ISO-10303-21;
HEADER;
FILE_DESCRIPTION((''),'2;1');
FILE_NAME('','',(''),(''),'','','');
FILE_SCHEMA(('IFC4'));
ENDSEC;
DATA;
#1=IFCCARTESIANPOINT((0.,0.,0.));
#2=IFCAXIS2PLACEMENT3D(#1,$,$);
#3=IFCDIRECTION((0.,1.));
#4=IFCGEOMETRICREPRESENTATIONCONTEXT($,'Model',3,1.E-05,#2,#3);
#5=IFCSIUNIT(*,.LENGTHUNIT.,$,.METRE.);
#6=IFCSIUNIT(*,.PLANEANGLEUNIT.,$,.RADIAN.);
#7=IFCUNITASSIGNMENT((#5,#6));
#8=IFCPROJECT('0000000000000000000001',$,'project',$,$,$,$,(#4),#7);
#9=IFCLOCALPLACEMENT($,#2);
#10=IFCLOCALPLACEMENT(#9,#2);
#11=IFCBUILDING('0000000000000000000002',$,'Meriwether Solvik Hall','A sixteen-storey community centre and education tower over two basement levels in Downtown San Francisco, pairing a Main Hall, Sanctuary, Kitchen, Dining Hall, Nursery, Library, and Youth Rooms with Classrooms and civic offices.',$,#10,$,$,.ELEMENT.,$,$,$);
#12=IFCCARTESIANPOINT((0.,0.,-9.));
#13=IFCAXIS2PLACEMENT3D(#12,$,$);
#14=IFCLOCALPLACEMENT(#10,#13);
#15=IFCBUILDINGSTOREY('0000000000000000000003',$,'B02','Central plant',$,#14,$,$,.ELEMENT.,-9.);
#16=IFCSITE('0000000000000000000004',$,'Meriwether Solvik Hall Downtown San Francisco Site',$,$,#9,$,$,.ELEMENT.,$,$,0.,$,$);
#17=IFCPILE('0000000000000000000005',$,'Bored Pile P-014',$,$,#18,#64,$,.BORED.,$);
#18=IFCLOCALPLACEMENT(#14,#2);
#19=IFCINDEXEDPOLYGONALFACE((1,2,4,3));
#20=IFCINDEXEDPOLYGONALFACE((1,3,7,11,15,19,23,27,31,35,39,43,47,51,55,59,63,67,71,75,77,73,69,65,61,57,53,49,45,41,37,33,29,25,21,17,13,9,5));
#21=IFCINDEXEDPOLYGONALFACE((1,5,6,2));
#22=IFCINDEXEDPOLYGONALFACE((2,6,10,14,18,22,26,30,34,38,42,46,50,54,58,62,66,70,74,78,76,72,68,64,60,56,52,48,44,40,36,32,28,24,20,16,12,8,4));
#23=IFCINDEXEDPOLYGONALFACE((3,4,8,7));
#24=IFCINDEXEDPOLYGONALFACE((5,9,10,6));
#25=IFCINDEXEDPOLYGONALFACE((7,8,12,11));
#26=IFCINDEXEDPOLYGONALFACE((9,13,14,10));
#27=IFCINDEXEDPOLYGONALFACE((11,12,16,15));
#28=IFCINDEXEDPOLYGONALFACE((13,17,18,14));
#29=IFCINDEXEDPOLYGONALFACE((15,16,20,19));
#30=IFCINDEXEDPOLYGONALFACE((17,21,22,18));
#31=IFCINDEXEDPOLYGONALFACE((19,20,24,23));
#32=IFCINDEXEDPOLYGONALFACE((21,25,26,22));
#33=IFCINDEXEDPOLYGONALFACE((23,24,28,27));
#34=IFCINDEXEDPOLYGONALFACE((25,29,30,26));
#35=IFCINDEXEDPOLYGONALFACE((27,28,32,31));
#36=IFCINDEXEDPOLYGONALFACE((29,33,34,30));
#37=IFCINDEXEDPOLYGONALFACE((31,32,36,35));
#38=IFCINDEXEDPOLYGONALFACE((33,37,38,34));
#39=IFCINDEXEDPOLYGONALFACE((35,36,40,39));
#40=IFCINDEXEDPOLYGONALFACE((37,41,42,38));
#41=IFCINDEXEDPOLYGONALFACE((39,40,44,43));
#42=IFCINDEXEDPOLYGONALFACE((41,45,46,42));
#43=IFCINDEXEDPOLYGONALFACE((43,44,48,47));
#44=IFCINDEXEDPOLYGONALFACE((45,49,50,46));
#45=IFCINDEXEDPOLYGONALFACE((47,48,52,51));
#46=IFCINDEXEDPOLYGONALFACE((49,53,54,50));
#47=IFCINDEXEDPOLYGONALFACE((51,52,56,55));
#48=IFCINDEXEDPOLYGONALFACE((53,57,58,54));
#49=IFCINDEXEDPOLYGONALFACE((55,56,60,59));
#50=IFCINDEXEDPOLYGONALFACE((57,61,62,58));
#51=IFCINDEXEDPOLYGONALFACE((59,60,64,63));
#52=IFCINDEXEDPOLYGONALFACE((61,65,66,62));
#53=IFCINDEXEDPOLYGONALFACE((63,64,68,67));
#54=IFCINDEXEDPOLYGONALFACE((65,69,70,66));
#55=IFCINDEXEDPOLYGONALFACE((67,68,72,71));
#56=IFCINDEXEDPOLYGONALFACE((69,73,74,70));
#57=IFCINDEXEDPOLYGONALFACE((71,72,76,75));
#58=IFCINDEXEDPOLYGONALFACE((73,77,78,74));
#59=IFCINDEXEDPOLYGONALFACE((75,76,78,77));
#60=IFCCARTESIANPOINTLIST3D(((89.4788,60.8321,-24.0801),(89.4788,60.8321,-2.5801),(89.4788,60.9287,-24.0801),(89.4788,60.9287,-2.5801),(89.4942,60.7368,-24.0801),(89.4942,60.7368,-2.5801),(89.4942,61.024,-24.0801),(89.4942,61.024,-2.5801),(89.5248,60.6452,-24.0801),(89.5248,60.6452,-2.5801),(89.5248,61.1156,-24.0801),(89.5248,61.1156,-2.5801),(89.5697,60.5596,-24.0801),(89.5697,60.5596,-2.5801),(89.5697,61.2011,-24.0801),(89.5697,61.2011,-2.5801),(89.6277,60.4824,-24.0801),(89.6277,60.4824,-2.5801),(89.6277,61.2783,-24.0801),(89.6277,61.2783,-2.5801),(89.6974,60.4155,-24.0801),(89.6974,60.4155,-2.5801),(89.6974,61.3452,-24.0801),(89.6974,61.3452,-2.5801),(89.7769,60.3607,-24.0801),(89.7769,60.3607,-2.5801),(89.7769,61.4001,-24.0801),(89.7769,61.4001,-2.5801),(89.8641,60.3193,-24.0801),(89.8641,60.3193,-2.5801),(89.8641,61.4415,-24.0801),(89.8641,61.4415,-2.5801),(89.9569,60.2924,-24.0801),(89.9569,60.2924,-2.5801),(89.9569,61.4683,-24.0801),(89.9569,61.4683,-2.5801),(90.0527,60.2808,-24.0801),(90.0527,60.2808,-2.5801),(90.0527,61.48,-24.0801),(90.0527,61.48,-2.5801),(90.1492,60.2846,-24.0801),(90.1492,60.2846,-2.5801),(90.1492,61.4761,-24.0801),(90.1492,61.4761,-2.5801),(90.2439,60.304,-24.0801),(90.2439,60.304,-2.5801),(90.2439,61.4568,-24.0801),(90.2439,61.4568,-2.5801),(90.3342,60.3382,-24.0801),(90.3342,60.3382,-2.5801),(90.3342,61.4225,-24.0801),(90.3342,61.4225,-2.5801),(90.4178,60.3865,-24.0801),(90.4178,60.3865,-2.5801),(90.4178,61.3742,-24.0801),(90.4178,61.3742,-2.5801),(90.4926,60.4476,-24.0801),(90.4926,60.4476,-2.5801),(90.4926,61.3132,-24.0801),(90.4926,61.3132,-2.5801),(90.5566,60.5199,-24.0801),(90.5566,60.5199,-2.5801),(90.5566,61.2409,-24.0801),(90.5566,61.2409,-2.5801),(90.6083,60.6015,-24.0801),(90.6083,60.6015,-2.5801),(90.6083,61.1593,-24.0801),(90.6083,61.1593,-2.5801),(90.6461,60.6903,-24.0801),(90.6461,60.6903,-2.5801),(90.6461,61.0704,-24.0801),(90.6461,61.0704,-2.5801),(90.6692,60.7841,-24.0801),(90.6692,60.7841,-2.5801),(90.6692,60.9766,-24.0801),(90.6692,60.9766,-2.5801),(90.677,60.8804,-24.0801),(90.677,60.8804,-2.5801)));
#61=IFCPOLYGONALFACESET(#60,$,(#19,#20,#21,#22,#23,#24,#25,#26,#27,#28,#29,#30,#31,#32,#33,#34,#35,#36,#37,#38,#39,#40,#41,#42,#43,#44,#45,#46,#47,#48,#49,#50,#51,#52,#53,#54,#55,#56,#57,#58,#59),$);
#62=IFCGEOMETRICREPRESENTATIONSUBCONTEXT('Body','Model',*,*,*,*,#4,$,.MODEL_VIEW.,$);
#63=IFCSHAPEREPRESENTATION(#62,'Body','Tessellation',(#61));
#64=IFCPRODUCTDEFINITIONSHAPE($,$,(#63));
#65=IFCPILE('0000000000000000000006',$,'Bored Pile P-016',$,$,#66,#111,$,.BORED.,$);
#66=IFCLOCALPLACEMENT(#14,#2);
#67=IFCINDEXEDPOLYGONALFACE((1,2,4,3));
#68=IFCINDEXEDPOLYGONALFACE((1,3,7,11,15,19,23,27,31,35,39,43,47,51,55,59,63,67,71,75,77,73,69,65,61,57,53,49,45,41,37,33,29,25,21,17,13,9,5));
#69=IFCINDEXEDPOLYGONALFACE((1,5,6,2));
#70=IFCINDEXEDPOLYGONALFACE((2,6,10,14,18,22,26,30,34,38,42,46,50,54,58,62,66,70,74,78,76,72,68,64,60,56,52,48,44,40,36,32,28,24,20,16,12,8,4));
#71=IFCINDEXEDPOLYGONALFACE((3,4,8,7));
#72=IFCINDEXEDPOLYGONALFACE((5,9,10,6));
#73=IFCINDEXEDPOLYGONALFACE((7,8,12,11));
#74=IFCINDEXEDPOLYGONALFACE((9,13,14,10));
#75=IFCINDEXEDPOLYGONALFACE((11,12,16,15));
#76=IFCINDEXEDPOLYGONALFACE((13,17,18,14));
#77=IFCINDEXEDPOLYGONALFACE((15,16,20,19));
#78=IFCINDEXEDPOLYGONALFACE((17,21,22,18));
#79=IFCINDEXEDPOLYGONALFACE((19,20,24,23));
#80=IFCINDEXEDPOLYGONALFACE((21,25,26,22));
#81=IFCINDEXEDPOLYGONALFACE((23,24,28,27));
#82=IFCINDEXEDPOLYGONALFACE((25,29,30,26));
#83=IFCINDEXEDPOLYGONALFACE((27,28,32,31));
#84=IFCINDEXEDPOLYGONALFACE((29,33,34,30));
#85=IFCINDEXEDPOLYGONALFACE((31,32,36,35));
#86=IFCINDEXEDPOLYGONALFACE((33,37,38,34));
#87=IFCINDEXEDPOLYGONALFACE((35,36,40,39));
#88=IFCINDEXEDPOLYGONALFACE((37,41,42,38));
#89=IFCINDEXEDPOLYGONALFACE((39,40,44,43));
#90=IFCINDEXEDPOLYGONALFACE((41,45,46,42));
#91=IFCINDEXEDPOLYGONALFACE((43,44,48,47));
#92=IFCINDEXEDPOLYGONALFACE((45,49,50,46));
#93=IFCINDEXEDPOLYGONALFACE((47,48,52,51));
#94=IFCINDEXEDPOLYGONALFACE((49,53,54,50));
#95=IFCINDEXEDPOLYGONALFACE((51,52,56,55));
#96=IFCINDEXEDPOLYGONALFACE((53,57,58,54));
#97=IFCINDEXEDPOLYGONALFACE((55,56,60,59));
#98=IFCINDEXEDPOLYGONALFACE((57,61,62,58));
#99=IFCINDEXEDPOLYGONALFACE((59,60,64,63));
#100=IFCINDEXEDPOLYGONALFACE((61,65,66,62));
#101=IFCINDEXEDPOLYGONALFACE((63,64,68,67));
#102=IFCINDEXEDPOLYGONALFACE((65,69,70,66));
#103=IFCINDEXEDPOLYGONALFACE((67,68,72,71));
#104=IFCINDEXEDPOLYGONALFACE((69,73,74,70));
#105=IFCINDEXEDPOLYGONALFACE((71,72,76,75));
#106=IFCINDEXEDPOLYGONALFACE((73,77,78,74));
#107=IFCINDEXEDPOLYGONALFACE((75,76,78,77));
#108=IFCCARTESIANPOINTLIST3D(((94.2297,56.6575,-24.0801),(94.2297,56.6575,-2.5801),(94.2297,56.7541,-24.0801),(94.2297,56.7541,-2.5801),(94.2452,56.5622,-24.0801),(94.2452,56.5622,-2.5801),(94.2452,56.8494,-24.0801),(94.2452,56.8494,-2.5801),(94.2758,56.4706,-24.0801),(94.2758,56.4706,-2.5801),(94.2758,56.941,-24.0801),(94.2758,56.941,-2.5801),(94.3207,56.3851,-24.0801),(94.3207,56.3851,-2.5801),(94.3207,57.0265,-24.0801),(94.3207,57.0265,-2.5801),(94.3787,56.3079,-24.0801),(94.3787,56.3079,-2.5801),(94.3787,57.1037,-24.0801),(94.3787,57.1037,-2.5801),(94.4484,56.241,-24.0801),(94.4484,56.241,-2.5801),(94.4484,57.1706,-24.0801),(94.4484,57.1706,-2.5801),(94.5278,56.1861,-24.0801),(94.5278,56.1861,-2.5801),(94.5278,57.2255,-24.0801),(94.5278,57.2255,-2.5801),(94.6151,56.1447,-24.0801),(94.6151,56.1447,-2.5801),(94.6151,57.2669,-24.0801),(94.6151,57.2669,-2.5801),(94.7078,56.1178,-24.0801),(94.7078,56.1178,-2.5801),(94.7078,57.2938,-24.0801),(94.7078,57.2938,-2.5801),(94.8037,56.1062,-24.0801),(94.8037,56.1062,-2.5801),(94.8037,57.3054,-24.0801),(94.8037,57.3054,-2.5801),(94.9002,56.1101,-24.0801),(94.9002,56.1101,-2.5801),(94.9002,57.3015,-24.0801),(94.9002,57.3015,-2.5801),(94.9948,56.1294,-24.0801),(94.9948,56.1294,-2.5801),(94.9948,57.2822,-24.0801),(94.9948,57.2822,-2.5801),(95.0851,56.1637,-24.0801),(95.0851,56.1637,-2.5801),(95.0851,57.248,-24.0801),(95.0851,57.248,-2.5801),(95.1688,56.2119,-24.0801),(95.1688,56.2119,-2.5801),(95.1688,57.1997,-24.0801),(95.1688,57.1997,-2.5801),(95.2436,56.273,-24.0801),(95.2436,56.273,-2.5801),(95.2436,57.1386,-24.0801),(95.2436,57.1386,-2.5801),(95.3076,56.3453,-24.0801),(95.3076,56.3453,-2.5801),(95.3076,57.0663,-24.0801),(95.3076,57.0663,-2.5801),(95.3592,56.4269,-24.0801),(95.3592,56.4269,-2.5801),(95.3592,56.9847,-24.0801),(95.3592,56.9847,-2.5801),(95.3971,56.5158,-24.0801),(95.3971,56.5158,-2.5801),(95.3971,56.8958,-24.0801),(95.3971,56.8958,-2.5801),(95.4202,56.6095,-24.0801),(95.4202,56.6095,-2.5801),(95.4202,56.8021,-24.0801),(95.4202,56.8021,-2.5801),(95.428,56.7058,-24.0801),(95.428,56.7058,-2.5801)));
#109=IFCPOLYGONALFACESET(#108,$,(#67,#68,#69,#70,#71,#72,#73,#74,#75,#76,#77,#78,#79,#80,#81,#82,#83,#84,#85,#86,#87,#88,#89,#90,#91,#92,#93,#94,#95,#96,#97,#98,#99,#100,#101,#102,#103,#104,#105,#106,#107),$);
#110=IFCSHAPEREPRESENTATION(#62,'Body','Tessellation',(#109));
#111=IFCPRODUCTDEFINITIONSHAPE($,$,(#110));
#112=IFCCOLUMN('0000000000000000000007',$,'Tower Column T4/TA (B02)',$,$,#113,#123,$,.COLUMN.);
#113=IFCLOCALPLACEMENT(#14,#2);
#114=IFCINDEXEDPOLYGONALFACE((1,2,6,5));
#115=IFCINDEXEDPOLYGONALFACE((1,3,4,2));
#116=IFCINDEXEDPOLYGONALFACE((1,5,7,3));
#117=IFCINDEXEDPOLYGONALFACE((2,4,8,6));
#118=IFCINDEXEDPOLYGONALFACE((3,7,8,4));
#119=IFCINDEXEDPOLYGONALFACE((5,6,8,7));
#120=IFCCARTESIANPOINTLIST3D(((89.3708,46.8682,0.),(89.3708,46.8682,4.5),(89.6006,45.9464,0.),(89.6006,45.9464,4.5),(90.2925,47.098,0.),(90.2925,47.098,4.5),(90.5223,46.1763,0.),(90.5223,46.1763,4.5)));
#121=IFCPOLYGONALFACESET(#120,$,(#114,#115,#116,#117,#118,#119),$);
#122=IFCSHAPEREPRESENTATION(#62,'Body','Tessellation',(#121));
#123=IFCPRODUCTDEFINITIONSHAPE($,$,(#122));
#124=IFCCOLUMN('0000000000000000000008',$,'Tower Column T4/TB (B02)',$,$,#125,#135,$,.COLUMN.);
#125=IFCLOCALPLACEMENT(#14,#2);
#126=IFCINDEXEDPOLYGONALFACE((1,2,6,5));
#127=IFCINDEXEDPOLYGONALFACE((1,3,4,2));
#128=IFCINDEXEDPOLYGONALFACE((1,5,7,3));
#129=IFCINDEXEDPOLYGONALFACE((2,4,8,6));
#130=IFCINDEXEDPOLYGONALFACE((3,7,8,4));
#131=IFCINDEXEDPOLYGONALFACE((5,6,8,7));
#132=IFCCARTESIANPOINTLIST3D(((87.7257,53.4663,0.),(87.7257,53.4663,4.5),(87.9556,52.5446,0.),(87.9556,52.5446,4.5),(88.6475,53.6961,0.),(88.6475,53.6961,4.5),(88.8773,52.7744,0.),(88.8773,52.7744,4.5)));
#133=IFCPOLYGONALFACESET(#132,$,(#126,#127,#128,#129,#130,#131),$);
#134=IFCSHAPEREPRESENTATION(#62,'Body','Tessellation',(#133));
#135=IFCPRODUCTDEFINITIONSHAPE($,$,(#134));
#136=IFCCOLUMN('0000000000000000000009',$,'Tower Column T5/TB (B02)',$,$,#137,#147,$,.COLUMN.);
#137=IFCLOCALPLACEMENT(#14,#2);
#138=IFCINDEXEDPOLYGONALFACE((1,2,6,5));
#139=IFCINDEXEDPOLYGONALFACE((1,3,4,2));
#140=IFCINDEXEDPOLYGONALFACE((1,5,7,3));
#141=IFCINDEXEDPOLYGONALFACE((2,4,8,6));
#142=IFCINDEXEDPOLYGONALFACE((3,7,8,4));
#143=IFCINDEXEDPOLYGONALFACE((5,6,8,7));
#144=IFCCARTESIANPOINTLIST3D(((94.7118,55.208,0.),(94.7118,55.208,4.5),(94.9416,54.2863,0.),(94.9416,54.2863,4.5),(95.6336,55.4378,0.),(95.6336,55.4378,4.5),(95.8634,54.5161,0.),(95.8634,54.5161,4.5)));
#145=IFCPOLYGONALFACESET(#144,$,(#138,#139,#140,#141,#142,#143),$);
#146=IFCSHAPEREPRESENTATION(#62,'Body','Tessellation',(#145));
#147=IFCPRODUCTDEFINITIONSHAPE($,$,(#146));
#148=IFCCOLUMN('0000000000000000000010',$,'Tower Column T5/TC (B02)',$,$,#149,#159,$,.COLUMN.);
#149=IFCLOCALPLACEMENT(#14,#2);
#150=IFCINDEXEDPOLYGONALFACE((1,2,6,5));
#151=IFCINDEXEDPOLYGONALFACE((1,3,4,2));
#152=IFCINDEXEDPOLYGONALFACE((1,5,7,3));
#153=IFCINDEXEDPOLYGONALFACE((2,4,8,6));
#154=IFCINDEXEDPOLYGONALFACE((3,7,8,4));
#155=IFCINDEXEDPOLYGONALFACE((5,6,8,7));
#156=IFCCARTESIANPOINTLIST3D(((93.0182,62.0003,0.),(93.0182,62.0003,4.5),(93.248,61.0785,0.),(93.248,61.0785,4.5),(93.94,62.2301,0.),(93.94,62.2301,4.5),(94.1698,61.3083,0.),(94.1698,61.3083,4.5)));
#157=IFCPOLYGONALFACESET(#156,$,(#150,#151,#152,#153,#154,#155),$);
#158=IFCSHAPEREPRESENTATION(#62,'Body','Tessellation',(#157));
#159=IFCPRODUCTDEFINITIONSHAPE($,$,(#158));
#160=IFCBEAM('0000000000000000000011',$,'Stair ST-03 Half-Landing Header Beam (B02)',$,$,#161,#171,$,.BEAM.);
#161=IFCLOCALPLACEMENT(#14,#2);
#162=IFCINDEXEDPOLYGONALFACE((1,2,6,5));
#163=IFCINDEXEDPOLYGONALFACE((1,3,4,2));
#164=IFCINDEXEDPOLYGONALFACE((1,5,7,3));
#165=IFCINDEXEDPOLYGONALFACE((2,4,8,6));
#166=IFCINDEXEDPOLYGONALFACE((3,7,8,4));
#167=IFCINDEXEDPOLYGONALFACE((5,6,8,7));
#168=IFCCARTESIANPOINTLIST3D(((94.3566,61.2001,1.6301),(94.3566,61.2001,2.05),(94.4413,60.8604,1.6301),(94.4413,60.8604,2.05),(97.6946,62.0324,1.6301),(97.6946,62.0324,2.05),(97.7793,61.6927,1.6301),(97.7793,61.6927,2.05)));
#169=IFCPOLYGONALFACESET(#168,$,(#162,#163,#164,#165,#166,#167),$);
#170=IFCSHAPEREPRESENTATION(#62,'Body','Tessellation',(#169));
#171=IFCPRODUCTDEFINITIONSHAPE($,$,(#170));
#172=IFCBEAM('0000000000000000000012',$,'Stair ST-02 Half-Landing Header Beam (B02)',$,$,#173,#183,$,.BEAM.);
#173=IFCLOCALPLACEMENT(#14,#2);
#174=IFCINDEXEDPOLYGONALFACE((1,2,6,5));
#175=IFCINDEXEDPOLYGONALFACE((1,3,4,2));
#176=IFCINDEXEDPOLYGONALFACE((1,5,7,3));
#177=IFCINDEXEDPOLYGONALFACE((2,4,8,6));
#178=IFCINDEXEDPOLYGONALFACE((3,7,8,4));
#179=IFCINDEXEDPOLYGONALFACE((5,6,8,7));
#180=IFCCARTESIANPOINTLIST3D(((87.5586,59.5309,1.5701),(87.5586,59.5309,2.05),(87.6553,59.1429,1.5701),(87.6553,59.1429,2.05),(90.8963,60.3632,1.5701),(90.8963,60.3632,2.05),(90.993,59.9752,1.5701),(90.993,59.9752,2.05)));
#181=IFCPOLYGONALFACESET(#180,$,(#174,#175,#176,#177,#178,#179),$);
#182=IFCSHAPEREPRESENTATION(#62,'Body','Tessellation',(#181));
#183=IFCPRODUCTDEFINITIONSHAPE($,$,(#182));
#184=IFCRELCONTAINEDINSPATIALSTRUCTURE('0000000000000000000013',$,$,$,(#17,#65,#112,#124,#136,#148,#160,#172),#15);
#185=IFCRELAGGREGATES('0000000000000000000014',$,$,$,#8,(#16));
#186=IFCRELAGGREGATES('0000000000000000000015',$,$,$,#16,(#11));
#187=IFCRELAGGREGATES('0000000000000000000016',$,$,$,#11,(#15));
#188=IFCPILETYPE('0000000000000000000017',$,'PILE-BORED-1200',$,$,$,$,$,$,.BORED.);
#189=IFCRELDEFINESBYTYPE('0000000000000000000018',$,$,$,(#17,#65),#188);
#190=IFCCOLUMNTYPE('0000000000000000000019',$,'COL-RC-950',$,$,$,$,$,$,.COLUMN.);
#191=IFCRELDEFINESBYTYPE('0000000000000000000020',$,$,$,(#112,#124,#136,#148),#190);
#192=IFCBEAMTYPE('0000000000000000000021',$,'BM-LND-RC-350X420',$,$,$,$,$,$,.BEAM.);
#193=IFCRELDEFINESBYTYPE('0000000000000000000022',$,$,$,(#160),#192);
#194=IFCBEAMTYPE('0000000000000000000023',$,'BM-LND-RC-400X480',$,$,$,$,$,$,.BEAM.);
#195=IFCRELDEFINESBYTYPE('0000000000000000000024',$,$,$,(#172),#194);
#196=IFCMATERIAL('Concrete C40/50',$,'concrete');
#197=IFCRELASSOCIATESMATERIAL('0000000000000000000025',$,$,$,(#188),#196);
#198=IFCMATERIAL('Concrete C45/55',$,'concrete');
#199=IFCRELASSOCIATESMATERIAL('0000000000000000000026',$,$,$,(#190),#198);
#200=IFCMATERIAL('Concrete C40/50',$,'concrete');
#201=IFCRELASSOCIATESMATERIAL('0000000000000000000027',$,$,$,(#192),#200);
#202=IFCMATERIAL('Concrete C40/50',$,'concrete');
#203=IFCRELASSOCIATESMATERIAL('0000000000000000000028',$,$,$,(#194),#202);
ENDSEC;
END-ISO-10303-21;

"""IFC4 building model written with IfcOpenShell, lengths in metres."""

from ifc_helpers import new_model, si_unit, direction, frame, origin, origin_2d, place, context, subcontext, project, spatial, rectangle, circle, extrude, material, material_profile, profile_set, type_object, element, save


model = new_model("IFC4")

# Units and contexts
model_context = context("Model", 3, precision=1e-05, world=origin(), true_north=direction((0.0, 1.0)))
body_context = subcontext(model_context, "Body", "Model", "MODEL_VIEW")
ifc_project = project(units=[si_unit("LENGTHUNIT", "METRE"), si_unit("PLANEANGLEUNIT", "RADIAN")], contexts=[model_context])

# Site, building, storey
site_placement = place(None, origin())
site = spatial("IfcSite", under=ifc_project, at=site_placement, Name="Meriwether Solvik Hall Downtown San Francisco Site", CompositionType="ELEMENT", RefElevation=0.0)
building_placement = place(site_placement, origin())
building = spatial("IfcBuilding", under=site, at=building_placement, Name="Meriwether Solvik Hall", Description="A sixteen-storey community centre and education tower over two basement levels in Downtown San Francisco, pairing a Main Hall, Sanctuary, Kitchen, Dining Hall, Nursery, Library, and Youth Rooms with Classrooms and civic offices.", CompositionType="ELEMENT")
storey_placement = place(building_placement, frame((0.0, 0.0, -9.0)))
storey = spatial("IfcBuildingStorey", under=building, at=storey_placement, Name="B02", Description="Central plant", CompositionType="ELEMENT", Elevation=-9.0)

# Piles
ifc_material_1 = material(Name="Concrete C40/50", Category="concrete")
ifc_material_profile_1 = material_profile(ifc_material_1, circle(Radius=0.6001, at=origin_2d()), Name="PILE-D1200")
ifc_profile_set_1 = profile_set([ifc_material_profile_1], Name="Concrete C40/50")
pile_type_1 = type_object("IfcPileType", Name="PILE-BORED-1200", PredefinedType="BORED", material=ifc_profile_set_1)
for number, where, z_axis, x_axis, name in (
    (1, (90.0769, 60.8804, -2.5801), (0.0, 0.0, -1.0), (1.0, 0.0, 0.0), "Bored Pile P-014"),
    (2, (94.8279, 56.7058, -2.5801), (0.0, 0.0, -1.0), (1.0, 0.0, 0.0), "Bored Pile P-016"),
):
    element("IfcPile", number, at=place(storey_placement, frame(where, z_axis=z_axis, x_axis=x_axis)), inside=storey, type_object=pile_type_1, Name=name, PredefinedType="BORED", context=body_context, shape_type="SweptSolid", body=[
        extrude(circle(Radius=0.6001, at=origin_2d()), origin(), (0.0, 0.0, 1.0), 21.5),
    ])

# Columns
ifc_material_2 = material(Name="Concrete C45/55", Category="concrete")
ifc_material_profile_2 = material_profile(ifc_material_2, rectangle(XDim=0.95, YDim=0.95, at=origin_2d()), Name="RCC-950X950")
ifc_profile_set_2 = profile_set([ifc_material_profile_2], Name="Concrete C45/55")
column_type = type_object("IfcColumnType", Name="COL-RC-950", PredefinedType="COLUMN", material=ifc_profile_set_2)
for number, where, z_axis, x_axis, name in (
    (3, (89.9465, 46.5222, 0.0), (0.0, 0.0, 1.0), (0.970296, 0.241922, 0.0), "Tower Column T4/TA (B02)"),
    (4, (88.3015, 53.1204, 0.0), (0.0, 0.0, 1.0), (0.970296, 0.241922, 0.0), "Tower Column T4/TB (B02)"),
    (5, (95.2876, 54.8621, 0.0), (0.0, 0.0, 1.0), (0.970296, 0.241922, 0.0), "Tower Column T5/TB (B02)"),
    (6, (93.594, 61.6543, 0.0), (0.0, 0.0, 1.0), (0.970296, 0.241922, 0.0), "Tower Column T5/TC (B02)"),
):
    element("IfcColumn", number, at=place(storey_placement, frame(where, z_axis=z_axis, x_axis=x_axis)), inside=storey, type_object=column_type, Name=name, PredefinedType="COLUMN", context=body_context, shape_type="SweptSolid", body=[
        extrude(rectangle(XDim=0.95, YDim=0.95, at=origin_2d()), origin(), (0.0, 0.0, 1.0), 4.5),
    ])

# Beams
ifc_material_3 = material(Name="Concrete C40/50", Category="concrete")
ifc_material_profile_3 = material_profile(ifc_material_3, rectangle(XDim=0.3501, YDim=0.4199, at=origin_2d()), Name="RCB-350X420")
ifc_profile_set_3 = profile_set([ifc_material_profile_3], Name="Concrete C40/50")
beam_type_1 = type_object("IfcBeamType", Name="BM-LND-RC-350X420", PredefinedType="BEAM", material=ifc_profile_set_3)
beam_1_placement = place(storey_placement, frame((94.3989, 61.0303, 1.8401), z_axis=(0.970293, 0.241934, 0.0), x_axis=(-0.241934, 0.970293, 0.0)))
element("IfcBeam", 7, at=beam_1_placement, inside=storey, type_object=beam_type_1, Name="Stair ST-03 Half-Landing Header Beam (B02)", PredefinedType="BEAM", context=body_context, shape_type="SweptSolid", body=[
    extrude(rectangle(XDim=0.3501, YDim=0.4199, at=origin_2d()), origin(), (0.0, 0.0, 1.0), 3.4402),
])
ifc_material_4 = material(Name="Concrete C40/50", Category="concrete")
ifc_material_profile_4 = material_profile(ifc_material_4, rectangle(XDim=0.3999, YDim=0.48, at=origin_2d()), Name="RCB-400X480")
ifc_profile_set_4 = profile_set([ifc_material_profile_4], Name="Concrete C40/50")
beam_type_2 = type_object("IfcBeamType", Name="BM-LND-RC-400X480", PredefinedType="BEAM", material=ifc_profile_set_4)
beam_2_placement = place(storey_placement, frame((87.6069, 59.3369, 1.8101), z_axis=(0.970288, 0.241951, 0.0), x_axis=(-0.241951, 0.970288, 0.0)))
element("IfcBeam", 8, at=beam_2_placement, inside=storey, type_object=beam_type_2, Name="Stair ST-02 Half-Landing Header Beam (B02)", PredefinedType="BEAM", context=body_context, shape_type="SweptSolid", body=[
    extrude(rectangle(XDim=0.3999, YDim=0.48, at=origin_2d()), origin(), (0.0, 0.0, 1.0), 3.4399),
])

save(model, "model.ifc")
